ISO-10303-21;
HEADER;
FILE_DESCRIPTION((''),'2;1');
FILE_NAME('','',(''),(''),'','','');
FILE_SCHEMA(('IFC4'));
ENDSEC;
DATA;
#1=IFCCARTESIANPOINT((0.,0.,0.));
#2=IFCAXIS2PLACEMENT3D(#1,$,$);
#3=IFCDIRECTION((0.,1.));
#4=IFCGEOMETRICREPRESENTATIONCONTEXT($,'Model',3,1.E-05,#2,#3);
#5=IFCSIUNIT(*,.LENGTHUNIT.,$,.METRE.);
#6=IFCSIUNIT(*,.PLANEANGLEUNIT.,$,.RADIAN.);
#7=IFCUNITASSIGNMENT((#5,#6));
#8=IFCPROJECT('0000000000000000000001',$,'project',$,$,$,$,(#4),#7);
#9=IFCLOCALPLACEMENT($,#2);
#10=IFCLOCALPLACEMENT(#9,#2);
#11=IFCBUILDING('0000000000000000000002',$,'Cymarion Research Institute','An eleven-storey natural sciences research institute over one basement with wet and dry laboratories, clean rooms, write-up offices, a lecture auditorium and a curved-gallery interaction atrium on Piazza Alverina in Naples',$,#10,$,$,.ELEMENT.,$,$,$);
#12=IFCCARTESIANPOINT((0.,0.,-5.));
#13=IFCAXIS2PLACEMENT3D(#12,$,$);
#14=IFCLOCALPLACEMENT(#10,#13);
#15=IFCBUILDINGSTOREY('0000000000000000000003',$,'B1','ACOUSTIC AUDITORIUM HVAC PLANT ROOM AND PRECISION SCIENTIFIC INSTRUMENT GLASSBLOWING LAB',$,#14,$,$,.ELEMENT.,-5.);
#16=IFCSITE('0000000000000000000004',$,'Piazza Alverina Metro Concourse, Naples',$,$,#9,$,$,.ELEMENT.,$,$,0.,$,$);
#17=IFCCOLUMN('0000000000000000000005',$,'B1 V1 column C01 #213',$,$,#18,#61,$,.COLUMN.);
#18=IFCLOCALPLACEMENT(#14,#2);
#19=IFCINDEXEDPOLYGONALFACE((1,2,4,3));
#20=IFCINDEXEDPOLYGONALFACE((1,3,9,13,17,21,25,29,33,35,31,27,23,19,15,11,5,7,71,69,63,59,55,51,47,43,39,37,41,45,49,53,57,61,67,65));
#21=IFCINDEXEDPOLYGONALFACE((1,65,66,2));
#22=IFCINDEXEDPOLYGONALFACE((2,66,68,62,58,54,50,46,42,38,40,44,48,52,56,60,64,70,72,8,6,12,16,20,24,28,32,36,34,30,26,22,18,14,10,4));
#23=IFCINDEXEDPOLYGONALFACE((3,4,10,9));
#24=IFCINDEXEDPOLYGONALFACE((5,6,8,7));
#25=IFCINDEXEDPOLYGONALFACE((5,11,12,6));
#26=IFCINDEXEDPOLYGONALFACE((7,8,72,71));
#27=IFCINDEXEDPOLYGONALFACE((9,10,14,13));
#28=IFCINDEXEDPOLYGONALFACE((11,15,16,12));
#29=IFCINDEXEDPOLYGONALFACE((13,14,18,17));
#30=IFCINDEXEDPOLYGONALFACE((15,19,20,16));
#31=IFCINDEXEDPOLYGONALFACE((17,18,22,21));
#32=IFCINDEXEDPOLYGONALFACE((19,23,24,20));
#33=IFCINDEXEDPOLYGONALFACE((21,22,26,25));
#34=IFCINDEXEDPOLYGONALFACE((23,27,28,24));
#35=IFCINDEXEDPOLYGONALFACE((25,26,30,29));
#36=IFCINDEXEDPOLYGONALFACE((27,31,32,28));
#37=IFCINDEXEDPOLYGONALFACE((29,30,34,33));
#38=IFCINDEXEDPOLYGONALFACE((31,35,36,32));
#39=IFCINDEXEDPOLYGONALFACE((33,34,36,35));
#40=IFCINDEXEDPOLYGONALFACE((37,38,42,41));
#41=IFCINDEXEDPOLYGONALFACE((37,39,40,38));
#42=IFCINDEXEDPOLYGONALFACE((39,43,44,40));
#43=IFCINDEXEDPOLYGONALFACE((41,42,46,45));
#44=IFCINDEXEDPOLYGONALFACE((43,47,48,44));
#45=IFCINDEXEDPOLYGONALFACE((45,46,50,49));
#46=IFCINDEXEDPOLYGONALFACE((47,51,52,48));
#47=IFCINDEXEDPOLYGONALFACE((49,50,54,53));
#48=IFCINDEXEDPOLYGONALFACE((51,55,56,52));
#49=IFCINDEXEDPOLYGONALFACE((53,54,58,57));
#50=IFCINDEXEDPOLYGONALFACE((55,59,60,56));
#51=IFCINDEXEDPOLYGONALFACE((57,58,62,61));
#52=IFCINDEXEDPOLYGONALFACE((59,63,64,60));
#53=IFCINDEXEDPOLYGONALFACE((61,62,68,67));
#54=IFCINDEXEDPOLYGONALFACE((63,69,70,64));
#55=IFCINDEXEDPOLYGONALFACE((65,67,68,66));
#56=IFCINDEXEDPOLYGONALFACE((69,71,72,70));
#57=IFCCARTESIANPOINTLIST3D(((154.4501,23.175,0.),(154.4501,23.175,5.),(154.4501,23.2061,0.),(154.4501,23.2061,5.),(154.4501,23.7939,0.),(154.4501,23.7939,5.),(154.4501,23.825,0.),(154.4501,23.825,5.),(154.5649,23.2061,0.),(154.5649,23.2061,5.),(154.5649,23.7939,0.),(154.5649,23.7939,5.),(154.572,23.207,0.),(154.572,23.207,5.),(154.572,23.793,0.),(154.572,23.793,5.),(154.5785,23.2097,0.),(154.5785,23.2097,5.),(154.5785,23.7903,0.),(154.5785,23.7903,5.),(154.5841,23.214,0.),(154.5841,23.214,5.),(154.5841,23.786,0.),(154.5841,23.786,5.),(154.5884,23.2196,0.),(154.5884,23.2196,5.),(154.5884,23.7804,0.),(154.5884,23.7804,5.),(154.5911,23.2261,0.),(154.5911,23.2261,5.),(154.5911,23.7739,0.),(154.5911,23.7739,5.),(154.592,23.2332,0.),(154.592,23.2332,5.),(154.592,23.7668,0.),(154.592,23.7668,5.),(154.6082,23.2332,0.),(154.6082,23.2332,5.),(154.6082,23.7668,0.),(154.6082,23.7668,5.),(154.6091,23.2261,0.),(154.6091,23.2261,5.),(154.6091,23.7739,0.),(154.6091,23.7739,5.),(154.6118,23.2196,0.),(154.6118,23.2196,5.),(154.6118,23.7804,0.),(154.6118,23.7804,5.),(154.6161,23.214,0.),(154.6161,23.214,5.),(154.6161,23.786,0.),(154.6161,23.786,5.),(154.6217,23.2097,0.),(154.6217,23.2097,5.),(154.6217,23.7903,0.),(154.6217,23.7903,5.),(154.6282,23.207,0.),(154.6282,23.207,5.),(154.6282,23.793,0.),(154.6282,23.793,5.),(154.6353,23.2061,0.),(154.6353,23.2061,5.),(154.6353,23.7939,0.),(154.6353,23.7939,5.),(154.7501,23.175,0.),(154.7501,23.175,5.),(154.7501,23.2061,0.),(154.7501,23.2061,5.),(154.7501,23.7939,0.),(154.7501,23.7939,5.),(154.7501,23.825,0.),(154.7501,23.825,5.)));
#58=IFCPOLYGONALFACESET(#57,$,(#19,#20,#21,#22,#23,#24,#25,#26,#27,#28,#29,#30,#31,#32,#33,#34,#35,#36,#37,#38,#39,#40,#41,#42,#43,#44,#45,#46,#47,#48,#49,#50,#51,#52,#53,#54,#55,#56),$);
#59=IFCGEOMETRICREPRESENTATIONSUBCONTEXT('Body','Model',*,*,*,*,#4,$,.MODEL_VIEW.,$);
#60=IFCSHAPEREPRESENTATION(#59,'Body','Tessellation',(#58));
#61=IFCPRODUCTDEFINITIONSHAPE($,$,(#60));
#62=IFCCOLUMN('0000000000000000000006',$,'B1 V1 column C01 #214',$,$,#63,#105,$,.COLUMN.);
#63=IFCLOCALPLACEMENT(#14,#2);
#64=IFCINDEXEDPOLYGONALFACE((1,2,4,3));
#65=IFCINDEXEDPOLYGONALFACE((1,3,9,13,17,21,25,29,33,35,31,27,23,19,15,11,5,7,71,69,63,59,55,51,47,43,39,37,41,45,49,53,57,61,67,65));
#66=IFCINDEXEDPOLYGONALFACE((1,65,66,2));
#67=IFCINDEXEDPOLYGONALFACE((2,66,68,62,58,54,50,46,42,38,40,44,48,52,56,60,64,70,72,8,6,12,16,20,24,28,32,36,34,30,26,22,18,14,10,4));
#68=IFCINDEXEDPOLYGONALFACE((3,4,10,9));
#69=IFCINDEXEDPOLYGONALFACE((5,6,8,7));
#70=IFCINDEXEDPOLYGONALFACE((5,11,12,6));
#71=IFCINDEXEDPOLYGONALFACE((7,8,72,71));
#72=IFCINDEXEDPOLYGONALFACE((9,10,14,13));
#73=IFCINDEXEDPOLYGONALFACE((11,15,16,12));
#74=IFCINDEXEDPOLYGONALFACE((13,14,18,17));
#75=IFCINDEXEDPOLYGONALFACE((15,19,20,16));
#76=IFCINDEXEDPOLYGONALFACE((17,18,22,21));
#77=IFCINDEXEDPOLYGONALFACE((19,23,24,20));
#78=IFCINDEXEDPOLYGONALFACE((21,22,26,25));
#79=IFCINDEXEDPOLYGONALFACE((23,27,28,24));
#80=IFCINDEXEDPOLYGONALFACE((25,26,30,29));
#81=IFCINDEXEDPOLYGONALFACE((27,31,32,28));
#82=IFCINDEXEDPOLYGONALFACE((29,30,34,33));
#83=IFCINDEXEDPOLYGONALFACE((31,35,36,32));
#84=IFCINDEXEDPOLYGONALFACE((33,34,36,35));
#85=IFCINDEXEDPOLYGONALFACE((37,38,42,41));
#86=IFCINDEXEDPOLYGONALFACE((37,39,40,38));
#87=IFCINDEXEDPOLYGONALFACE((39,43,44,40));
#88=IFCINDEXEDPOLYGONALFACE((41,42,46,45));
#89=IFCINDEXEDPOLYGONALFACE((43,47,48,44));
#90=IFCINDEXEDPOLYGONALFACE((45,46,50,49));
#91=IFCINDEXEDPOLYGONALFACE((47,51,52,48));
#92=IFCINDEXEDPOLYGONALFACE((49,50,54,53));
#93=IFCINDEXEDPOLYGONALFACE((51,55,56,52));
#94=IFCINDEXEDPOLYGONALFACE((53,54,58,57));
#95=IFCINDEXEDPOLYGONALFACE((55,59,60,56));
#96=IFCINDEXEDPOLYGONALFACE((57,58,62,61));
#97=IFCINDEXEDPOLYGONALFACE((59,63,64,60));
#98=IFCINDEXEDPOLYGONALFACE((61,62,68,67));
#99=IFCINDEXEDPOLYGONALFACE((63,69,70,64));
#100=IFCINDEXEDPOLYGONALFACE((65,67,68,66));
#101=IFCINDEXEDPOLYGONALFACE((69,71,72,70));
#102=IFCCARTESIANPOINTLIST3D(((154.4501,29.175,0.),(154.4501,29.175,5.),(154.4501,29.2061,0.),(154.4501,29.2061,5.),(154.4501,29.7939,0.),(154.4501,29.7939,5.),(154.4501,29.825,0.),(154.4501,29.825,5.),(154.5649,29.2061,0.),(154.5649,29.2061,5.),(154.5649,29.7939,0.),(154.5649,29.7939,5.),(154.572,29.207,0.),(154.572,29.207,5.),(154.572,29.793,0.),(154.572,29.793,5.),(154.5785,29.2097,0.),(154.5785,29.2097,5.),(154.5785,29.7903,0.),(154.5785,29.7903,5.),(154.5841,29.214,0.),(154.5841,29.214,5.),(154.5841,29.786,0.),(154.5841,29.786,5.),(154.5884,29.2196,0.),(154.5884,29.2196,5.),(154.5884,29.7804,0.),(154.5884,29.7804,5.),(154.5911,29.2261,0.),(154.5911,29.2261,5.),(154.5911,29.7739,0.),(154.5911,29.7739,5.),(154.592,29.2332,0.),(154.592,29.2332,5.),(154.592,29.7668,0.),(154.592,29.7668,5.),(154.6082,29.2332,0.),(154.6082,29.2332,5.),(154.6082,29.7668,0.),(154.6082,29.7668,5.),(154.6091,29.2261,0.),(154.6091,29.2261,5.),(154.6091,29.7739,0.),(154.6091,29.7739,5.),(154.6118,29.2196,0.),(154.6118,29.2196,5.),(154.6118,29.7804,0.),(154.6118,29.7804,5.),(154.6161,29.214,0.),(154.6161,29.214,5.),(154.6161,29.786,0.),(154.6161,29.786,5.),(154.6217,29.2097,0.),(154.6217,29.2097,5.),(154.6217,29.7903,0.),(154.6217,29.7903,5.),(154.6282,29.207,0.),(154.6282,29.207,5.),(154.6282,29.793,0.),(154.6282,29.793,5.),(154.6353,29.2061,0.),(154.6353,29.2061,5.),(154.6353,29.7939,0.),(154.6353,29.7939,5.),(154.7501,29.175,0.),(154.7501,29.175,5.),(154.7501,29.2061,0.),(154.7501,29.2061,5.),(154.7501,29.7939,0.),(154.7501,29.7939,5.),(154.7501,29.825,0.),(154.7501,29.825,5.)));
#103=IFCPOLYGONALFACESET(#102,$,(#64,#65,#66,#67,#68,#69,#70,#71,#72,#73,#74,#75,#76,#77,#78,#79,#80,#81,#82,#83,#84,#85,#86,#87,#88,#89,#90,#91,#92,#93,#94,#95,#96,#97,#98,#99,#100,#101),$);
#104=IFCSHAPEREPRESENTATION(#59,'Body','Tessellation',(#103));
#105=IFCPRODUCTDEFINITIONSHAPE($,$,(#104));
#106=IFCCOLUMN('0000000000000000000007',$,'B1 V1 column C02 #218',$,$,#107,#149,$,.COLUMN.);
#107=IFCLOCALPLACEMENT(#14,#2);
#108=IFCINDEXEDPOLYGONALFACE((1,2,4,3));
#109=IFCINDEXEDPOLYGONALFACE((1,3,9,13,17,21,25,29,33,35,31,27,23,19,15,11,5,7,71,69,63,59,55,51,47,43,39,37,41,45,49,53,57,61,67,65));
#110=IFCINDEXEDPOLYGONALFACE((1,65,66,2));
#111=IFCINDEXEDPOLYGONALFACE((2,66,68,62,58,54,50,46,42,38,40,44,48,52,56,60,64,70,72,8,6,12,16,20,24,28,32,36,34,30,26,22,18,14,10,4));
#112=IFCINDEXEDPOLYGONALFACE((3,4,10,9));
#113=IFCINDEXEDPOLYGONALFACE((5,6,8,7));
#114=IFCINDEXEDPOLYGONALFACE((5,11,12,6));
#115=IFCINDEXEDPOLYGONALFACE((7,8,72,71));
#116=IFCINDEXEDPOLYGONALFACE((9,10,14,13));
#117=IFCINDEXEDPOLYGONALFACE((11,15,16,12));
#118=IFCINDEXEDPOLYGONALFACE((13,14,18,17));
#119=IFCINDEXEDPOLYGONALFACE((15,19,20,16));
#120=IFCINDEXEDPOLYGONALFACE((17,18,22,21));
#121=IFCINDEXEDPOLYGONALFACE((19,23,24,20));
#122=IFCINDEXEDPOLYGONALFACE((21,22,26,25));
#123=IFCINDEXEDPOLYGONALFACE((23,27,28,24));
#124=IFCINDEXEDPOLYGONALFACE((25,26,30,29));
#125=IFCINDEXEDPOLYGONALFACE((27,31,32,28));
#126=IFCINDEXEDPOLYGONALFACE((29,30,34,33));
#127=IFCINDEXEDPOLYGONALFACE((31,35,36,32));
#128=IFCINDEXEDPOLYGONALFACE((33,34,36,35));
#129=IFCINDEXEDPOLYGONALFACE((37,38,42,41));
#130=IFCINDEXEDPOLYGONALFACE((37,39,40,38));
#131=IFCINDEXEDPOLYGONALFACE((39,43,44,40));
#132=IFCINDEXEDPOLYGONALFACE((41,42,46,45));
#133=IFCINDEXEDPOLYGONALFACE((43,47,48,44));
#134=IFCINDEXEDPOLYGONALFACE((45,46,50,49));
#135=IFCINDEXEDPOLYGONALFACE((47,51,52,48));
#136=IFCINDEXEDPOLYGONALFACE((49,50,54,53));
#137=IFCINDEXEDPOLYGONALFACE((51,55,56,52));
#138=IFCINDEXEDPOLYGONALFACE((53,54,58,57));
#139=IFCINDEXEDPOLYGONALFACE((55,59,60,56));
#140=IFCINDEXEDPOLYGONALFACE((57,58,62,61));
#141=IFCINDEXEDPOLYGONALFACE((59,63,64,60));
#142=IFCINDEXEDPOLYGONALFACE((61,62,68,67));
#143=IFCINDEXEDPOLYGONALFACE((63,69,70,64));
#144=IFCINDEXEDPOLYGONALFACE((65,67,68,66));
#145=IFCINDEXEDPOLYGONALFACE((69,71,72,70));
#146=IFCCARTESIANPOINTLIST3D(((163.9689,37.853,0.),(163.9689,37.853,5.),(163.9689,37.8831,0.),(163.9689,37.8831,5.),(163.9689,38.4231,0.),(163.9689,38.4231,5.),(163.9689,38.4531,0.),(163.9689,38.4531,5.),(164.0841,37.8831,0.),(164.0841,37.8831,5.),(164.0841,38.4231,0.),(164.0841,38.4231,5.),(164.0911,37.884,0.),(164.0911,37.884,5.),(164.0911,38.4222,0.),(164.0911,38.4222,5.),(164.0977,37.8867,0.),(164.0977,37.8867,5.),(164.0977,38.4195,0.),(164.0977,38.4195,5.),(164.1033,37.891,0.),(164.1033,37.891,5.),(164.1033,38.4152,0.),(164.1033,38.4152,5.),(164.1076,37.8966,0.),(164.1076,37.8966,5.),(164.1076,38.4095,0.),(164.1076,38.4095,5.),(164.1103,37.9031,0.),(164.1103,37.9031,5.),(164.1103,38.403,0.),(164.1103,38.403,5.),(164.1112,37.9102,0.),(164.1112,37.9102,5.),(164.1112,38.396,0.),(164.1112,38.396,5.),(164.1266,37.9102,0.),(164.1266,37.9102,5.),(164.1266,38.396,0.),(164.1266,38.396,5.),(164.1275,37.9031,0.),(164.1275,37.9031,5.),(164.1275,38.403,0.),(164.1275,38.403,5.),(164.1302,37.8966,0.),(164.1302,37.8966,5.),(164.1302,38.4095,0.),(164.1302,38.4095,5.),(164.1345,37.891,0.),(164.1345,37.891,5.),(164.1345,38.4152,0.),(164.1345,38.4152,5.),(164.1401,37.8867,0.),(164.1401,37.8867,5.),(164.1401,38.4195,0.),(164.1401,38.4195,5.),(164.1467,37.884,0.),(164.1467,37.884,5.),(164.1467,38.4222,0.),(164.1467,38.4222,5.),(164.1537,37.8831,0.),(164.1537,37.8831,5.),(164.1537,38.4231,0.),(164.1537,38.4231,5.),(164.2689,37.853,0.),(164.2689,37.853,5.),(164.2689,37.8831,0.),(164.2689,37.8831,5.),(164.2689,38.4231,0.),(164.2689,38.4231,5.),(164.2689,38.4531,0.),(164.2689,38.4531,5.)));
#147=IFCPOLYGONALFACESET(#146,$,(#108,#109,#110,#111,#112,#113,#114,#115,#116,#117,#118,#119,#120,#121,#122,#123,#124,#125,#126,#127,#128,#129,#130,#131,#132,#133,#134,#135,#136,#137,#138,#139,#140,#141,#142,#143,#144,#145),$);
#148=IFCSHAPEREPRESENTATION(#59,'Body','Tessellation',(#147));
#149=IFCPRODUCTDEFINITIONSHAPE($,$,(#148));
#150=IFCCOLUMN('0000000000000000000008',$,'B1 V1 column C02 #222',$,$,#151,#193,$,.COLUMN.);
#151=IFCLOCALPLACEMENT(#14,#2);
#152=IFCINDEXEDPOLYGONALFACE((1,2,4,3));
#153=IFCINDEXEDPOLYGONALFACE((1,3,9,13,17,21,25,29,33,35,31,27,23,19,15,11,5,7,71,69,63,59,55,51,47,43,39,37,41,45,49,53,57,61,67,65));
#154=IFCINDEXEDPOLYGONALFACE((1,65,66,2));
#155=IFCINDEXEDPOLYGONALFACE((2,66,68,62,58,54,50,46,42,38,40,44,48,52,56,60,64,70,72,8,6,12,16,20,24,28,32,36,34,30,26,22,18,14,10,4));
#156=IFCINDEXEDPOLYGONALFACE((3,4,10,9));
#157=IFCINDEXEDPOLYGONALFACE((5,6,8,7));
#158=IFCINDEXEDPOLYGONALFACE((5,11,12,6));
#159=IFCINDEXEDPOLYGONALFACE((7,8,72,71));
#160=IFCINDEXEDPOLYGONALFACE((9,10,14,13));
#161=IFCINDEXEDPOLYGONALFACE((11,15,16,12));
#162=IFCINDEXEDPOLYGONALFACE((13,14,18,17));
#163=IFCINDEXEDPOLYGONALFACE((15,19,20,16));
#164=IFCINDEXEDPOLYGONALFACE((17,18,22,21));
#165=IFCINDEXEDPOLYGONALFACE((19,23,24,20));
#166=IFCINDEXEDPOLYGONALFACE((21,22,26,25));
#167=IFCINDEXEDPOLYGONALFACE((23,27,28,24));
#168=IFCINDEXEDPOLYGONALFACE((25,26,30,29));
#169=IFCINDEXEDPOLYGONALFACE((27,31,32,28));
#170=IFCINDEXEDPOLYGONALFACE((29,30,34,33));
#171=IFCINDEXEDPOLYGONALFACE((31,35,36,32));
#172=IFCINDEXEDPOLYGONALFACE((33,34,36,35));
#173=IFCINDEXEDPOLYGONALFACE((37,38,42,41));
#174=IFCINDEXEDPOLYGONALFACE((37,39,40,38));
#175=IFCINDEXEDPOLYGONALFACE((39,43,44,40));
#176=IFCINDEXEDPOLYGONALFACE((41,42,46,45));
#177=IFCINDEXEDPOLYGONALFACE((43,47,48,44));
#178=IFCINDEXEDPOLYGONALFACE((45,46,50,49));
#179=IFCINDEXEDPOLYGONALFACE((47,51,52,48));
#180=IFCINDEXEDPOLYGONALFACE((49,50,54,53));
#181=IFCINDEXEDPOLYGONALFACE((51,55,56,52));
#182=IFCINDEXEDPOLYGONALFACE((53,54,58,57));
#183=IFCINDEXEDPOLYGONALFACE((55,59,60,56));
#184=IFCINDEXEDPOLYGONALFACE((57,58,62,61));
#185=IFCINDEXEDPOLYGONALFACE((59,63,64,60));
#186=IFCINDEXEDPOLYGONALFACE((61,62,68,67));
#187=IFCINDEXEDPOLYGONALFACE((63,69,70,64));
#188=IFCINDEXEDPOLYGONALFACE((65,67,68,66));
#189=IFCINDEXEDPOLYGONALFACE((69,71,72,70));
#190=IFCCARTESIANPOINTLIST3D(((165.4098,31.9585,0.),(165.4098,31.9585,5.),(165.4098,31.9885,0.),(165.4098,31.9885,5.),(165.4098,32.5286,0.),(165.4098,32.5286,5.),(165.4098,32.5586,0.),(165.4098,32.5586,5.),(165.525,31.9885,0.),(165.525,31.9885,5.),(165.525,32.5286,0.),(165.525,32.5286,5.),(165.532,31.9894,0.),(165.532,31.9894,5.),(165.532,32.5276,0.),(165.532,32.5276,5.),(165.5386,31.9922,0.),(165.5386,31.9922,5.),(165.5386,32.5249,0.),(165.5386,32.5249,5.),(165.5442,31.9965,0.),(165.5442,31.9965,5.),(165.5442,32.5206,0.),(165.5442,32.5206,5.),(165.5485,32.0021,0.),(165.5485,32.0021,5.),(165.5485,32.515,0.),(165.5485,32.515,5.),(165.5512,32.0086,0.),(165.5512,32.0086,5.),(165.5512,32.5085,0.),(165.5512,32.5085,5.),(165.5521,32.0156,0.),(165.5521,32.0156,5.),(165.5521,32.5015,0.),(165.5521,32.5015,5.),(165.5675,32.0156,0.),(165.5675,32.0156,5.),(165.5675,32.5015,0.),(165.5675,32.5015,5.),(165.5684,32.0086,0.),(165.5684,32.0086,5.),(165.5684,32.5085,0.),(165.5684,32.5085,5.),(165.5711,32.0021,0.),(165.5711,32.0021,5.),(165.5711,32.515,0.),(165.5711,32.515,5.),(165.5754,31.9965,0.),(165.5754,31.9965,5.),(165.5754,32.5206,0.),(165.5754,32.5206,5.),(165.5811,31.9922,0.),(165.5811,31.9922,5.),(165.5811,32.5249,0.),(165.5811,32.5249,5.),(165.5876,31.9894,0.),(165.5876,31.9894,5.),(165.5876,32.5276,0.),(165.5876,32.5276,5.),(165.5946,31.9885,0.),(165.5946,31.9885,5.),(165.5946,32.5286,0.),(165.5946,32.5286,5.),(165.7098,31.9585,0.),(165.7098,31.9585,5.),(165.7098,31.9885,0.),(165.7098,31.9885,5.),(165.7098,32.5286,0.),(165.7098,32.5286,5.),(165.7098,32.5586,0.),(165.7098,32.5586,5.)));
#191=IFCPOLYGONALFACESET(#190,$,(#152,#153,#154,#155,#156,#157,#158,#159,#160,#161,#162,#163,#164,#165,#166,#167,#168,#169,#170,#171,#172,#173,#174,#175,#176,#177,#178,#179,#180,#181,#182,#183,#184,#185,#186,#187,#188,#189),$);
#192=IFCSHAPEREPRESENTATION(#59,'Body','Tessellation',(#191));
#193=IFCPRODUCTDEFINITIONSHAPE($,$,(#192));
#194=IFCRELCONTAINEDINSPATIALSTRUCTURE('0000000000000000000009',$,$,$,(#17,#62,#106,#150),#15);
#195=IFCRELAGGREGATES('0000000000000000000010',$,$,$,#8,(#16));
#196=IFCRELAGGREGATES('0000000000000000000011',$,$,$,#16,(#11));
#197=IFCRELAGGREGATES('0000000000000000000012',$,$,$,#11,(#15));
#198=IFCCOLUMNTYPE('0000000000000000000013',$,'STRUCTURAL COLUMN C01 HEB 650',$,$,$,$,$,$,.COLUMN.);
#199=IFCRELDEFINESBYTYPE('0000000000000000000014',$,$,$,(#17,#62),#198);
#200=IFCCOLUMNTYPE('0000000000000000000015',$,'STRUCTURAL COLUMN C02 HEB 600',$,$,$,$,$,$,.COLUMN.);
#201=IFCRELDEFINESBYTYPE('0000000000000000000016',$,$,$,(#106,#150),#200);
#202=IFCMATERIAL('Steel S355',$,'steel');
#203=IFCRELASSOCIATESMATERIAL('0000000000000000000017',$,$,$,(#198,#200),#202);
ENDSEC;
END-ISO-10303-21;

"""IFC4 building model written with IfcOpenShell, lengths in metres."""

from ifc_helpers import new_model, si_unit, direction, frame, origin, origin_2d, place, context, subcontext, project, spatial, i_section, extrude, material, material_profile, profile_set, type_object, element, save


model = new_model("IFC4")

# Units and contexts
model_context = context("Model", 3, precision=1e-05, world=origin(), true_north=direction((0.0, 1.0)))
body_context = subcontext(model_context, "Body", "Model", "MODEL_VIEW")
ifc_project = project(units=[si_unit("LENGTHUNIT", "METRE"), si_unit("PLANEANGLEUNIT", "RADIAN")], contexts=[model_context])

# Site, building, storey
site_placement = place(None, origin())
site = spatial("IfcSite", under=ifc_project, at=site_placement, Name="Piazza Alverina Metro Concourse, Naples", CompositionType="ELEMENT", RefElevation=0.0)
building_placement = place(site_placement, origin())
building = spatial("IfcBuilding", under=site, at=building_placement, Name="Cymarion Research Institute", Description="An eleven-storey natural sciences research institute over one basement with wet and dry laboratories, clean rooms, write-up offices, a lecture auditorium and a curved-gallery interaction atrium on Piazza Alverina in Naples", CompositionType="ELEMENT")
storey_placement = place(building_placement, frame((0.0, 0.0, -5.0)))
storey = spatial("IfcBuildingStorey", under=building, at=storey_placement, Name="B1", Description="ACOUSTIC AUDITORIUM HVAC PLANT ROOM AND PRECISION SCIENTIFIC INSTRUMENT GLASSBLOWING LAB", CompositionType="ELEMENT", Elevation=-5.0)

# Columns
ifc_material_1 = material(Name="Steel S355", Category="steel")
ifc_material_profile_1 = material_profile(ifc_material_1, i_section(OverallWidth=0.3, OverallDepth=0.6499, WebThickness=0.0161, FlangeThickness=0.031, FilletRadius=0.0271, at=origin_2d()), Name="HEB 650")
ifc_profile_set_1 = profile_set([ifc_material_profile_1], Name="Steel S355")
column_type_1 = type_object("IfcColumnType", Name="STRUCTURAL COLUMN C01 HEB 650", PredefinedType="COLUMN", material=ifc_profile_set_1)
for number, where, z_axis, x_axis, name in (
    (1, (154.6001, 23.5, 0.0), (0.0, 0.0, 1.0), (1.0, 0.0, 0.0), "B1 V1 column C01 #213"),
    (2, (154.6001, 29.5, 0.0), (0.0, 0.0, 1.0), (1.0, 0.0, 0.0), "B1 V1 column C01 #214"),
):
    element("IfcColumn", number, at=place(storey_placement, frame(where, z_axis=z_axis, x_axis=x_axis)), inside=storey, type_object=column_type_1, Name=name, PredefinedType="COLUMN", context=body_context, shape_type="SweptSolid", body=[
        extrude(i_section(OverallWidth=0.3, OverallDepth=0.6499, WebThickness=0.0161, FlangeThickness=0.031, FilletRadius=0.0271, at=origin_2d()), origin(), (0.0, 0.0, 1.0), 5.0),
    ])
ifc_material_profile_2 = material_profile(ifc_material_1, i_section(OverallWidth=0.3, OverallDepth=0.6001, WebThickness=0.0154, FlangeThickness=0.03, FilletRadius=0.0271, at=origin_2d()), Name="HEB 600")
ifc_profile_set_2 = profile_set([ifc_material_profile_2], Name="Steel S355")
column_type_2 = type_object("IfcColumnType", Name="STRUCTURAL COLUMN C02 HEB 600", PredefinedType="COLUMN", material=ifc_profile_set_2)
for number, where, z_axis, x_axis, name in (
    (3, (164.1189, 38.1531, 0.0), (0.0, 0.0, 1.0), (1.0, 0.0, 0.0), "B1 V1 column C02 #218"),
    (4, (165.5598, 32.2585, 0.0), (0.0, 0.0, 1.0), (1.0, 0.0, 0.0), "B1 V1 column C02 #222"),
):
    element("IfcColumn", number, at=place(storey_placement, frame(where, z_axis=z_axis, x_axis=x_axis)), inside=storey, type_object=column_type_2, Name=name, PredefinedType="COLUMN", context=body_context, shape_type="SweptSolid", body=[
        extrude(i_section(OverallWidth=0.3, OverallDepth=0.6001, WebThickness=0.0154, FlangeThickness=0.03, FilletRadius=0.0271, at=origin_2d()), origin(), (0.0, 0.0, 1.0), 5.0),
    ])

save(model, "model.ifc")
